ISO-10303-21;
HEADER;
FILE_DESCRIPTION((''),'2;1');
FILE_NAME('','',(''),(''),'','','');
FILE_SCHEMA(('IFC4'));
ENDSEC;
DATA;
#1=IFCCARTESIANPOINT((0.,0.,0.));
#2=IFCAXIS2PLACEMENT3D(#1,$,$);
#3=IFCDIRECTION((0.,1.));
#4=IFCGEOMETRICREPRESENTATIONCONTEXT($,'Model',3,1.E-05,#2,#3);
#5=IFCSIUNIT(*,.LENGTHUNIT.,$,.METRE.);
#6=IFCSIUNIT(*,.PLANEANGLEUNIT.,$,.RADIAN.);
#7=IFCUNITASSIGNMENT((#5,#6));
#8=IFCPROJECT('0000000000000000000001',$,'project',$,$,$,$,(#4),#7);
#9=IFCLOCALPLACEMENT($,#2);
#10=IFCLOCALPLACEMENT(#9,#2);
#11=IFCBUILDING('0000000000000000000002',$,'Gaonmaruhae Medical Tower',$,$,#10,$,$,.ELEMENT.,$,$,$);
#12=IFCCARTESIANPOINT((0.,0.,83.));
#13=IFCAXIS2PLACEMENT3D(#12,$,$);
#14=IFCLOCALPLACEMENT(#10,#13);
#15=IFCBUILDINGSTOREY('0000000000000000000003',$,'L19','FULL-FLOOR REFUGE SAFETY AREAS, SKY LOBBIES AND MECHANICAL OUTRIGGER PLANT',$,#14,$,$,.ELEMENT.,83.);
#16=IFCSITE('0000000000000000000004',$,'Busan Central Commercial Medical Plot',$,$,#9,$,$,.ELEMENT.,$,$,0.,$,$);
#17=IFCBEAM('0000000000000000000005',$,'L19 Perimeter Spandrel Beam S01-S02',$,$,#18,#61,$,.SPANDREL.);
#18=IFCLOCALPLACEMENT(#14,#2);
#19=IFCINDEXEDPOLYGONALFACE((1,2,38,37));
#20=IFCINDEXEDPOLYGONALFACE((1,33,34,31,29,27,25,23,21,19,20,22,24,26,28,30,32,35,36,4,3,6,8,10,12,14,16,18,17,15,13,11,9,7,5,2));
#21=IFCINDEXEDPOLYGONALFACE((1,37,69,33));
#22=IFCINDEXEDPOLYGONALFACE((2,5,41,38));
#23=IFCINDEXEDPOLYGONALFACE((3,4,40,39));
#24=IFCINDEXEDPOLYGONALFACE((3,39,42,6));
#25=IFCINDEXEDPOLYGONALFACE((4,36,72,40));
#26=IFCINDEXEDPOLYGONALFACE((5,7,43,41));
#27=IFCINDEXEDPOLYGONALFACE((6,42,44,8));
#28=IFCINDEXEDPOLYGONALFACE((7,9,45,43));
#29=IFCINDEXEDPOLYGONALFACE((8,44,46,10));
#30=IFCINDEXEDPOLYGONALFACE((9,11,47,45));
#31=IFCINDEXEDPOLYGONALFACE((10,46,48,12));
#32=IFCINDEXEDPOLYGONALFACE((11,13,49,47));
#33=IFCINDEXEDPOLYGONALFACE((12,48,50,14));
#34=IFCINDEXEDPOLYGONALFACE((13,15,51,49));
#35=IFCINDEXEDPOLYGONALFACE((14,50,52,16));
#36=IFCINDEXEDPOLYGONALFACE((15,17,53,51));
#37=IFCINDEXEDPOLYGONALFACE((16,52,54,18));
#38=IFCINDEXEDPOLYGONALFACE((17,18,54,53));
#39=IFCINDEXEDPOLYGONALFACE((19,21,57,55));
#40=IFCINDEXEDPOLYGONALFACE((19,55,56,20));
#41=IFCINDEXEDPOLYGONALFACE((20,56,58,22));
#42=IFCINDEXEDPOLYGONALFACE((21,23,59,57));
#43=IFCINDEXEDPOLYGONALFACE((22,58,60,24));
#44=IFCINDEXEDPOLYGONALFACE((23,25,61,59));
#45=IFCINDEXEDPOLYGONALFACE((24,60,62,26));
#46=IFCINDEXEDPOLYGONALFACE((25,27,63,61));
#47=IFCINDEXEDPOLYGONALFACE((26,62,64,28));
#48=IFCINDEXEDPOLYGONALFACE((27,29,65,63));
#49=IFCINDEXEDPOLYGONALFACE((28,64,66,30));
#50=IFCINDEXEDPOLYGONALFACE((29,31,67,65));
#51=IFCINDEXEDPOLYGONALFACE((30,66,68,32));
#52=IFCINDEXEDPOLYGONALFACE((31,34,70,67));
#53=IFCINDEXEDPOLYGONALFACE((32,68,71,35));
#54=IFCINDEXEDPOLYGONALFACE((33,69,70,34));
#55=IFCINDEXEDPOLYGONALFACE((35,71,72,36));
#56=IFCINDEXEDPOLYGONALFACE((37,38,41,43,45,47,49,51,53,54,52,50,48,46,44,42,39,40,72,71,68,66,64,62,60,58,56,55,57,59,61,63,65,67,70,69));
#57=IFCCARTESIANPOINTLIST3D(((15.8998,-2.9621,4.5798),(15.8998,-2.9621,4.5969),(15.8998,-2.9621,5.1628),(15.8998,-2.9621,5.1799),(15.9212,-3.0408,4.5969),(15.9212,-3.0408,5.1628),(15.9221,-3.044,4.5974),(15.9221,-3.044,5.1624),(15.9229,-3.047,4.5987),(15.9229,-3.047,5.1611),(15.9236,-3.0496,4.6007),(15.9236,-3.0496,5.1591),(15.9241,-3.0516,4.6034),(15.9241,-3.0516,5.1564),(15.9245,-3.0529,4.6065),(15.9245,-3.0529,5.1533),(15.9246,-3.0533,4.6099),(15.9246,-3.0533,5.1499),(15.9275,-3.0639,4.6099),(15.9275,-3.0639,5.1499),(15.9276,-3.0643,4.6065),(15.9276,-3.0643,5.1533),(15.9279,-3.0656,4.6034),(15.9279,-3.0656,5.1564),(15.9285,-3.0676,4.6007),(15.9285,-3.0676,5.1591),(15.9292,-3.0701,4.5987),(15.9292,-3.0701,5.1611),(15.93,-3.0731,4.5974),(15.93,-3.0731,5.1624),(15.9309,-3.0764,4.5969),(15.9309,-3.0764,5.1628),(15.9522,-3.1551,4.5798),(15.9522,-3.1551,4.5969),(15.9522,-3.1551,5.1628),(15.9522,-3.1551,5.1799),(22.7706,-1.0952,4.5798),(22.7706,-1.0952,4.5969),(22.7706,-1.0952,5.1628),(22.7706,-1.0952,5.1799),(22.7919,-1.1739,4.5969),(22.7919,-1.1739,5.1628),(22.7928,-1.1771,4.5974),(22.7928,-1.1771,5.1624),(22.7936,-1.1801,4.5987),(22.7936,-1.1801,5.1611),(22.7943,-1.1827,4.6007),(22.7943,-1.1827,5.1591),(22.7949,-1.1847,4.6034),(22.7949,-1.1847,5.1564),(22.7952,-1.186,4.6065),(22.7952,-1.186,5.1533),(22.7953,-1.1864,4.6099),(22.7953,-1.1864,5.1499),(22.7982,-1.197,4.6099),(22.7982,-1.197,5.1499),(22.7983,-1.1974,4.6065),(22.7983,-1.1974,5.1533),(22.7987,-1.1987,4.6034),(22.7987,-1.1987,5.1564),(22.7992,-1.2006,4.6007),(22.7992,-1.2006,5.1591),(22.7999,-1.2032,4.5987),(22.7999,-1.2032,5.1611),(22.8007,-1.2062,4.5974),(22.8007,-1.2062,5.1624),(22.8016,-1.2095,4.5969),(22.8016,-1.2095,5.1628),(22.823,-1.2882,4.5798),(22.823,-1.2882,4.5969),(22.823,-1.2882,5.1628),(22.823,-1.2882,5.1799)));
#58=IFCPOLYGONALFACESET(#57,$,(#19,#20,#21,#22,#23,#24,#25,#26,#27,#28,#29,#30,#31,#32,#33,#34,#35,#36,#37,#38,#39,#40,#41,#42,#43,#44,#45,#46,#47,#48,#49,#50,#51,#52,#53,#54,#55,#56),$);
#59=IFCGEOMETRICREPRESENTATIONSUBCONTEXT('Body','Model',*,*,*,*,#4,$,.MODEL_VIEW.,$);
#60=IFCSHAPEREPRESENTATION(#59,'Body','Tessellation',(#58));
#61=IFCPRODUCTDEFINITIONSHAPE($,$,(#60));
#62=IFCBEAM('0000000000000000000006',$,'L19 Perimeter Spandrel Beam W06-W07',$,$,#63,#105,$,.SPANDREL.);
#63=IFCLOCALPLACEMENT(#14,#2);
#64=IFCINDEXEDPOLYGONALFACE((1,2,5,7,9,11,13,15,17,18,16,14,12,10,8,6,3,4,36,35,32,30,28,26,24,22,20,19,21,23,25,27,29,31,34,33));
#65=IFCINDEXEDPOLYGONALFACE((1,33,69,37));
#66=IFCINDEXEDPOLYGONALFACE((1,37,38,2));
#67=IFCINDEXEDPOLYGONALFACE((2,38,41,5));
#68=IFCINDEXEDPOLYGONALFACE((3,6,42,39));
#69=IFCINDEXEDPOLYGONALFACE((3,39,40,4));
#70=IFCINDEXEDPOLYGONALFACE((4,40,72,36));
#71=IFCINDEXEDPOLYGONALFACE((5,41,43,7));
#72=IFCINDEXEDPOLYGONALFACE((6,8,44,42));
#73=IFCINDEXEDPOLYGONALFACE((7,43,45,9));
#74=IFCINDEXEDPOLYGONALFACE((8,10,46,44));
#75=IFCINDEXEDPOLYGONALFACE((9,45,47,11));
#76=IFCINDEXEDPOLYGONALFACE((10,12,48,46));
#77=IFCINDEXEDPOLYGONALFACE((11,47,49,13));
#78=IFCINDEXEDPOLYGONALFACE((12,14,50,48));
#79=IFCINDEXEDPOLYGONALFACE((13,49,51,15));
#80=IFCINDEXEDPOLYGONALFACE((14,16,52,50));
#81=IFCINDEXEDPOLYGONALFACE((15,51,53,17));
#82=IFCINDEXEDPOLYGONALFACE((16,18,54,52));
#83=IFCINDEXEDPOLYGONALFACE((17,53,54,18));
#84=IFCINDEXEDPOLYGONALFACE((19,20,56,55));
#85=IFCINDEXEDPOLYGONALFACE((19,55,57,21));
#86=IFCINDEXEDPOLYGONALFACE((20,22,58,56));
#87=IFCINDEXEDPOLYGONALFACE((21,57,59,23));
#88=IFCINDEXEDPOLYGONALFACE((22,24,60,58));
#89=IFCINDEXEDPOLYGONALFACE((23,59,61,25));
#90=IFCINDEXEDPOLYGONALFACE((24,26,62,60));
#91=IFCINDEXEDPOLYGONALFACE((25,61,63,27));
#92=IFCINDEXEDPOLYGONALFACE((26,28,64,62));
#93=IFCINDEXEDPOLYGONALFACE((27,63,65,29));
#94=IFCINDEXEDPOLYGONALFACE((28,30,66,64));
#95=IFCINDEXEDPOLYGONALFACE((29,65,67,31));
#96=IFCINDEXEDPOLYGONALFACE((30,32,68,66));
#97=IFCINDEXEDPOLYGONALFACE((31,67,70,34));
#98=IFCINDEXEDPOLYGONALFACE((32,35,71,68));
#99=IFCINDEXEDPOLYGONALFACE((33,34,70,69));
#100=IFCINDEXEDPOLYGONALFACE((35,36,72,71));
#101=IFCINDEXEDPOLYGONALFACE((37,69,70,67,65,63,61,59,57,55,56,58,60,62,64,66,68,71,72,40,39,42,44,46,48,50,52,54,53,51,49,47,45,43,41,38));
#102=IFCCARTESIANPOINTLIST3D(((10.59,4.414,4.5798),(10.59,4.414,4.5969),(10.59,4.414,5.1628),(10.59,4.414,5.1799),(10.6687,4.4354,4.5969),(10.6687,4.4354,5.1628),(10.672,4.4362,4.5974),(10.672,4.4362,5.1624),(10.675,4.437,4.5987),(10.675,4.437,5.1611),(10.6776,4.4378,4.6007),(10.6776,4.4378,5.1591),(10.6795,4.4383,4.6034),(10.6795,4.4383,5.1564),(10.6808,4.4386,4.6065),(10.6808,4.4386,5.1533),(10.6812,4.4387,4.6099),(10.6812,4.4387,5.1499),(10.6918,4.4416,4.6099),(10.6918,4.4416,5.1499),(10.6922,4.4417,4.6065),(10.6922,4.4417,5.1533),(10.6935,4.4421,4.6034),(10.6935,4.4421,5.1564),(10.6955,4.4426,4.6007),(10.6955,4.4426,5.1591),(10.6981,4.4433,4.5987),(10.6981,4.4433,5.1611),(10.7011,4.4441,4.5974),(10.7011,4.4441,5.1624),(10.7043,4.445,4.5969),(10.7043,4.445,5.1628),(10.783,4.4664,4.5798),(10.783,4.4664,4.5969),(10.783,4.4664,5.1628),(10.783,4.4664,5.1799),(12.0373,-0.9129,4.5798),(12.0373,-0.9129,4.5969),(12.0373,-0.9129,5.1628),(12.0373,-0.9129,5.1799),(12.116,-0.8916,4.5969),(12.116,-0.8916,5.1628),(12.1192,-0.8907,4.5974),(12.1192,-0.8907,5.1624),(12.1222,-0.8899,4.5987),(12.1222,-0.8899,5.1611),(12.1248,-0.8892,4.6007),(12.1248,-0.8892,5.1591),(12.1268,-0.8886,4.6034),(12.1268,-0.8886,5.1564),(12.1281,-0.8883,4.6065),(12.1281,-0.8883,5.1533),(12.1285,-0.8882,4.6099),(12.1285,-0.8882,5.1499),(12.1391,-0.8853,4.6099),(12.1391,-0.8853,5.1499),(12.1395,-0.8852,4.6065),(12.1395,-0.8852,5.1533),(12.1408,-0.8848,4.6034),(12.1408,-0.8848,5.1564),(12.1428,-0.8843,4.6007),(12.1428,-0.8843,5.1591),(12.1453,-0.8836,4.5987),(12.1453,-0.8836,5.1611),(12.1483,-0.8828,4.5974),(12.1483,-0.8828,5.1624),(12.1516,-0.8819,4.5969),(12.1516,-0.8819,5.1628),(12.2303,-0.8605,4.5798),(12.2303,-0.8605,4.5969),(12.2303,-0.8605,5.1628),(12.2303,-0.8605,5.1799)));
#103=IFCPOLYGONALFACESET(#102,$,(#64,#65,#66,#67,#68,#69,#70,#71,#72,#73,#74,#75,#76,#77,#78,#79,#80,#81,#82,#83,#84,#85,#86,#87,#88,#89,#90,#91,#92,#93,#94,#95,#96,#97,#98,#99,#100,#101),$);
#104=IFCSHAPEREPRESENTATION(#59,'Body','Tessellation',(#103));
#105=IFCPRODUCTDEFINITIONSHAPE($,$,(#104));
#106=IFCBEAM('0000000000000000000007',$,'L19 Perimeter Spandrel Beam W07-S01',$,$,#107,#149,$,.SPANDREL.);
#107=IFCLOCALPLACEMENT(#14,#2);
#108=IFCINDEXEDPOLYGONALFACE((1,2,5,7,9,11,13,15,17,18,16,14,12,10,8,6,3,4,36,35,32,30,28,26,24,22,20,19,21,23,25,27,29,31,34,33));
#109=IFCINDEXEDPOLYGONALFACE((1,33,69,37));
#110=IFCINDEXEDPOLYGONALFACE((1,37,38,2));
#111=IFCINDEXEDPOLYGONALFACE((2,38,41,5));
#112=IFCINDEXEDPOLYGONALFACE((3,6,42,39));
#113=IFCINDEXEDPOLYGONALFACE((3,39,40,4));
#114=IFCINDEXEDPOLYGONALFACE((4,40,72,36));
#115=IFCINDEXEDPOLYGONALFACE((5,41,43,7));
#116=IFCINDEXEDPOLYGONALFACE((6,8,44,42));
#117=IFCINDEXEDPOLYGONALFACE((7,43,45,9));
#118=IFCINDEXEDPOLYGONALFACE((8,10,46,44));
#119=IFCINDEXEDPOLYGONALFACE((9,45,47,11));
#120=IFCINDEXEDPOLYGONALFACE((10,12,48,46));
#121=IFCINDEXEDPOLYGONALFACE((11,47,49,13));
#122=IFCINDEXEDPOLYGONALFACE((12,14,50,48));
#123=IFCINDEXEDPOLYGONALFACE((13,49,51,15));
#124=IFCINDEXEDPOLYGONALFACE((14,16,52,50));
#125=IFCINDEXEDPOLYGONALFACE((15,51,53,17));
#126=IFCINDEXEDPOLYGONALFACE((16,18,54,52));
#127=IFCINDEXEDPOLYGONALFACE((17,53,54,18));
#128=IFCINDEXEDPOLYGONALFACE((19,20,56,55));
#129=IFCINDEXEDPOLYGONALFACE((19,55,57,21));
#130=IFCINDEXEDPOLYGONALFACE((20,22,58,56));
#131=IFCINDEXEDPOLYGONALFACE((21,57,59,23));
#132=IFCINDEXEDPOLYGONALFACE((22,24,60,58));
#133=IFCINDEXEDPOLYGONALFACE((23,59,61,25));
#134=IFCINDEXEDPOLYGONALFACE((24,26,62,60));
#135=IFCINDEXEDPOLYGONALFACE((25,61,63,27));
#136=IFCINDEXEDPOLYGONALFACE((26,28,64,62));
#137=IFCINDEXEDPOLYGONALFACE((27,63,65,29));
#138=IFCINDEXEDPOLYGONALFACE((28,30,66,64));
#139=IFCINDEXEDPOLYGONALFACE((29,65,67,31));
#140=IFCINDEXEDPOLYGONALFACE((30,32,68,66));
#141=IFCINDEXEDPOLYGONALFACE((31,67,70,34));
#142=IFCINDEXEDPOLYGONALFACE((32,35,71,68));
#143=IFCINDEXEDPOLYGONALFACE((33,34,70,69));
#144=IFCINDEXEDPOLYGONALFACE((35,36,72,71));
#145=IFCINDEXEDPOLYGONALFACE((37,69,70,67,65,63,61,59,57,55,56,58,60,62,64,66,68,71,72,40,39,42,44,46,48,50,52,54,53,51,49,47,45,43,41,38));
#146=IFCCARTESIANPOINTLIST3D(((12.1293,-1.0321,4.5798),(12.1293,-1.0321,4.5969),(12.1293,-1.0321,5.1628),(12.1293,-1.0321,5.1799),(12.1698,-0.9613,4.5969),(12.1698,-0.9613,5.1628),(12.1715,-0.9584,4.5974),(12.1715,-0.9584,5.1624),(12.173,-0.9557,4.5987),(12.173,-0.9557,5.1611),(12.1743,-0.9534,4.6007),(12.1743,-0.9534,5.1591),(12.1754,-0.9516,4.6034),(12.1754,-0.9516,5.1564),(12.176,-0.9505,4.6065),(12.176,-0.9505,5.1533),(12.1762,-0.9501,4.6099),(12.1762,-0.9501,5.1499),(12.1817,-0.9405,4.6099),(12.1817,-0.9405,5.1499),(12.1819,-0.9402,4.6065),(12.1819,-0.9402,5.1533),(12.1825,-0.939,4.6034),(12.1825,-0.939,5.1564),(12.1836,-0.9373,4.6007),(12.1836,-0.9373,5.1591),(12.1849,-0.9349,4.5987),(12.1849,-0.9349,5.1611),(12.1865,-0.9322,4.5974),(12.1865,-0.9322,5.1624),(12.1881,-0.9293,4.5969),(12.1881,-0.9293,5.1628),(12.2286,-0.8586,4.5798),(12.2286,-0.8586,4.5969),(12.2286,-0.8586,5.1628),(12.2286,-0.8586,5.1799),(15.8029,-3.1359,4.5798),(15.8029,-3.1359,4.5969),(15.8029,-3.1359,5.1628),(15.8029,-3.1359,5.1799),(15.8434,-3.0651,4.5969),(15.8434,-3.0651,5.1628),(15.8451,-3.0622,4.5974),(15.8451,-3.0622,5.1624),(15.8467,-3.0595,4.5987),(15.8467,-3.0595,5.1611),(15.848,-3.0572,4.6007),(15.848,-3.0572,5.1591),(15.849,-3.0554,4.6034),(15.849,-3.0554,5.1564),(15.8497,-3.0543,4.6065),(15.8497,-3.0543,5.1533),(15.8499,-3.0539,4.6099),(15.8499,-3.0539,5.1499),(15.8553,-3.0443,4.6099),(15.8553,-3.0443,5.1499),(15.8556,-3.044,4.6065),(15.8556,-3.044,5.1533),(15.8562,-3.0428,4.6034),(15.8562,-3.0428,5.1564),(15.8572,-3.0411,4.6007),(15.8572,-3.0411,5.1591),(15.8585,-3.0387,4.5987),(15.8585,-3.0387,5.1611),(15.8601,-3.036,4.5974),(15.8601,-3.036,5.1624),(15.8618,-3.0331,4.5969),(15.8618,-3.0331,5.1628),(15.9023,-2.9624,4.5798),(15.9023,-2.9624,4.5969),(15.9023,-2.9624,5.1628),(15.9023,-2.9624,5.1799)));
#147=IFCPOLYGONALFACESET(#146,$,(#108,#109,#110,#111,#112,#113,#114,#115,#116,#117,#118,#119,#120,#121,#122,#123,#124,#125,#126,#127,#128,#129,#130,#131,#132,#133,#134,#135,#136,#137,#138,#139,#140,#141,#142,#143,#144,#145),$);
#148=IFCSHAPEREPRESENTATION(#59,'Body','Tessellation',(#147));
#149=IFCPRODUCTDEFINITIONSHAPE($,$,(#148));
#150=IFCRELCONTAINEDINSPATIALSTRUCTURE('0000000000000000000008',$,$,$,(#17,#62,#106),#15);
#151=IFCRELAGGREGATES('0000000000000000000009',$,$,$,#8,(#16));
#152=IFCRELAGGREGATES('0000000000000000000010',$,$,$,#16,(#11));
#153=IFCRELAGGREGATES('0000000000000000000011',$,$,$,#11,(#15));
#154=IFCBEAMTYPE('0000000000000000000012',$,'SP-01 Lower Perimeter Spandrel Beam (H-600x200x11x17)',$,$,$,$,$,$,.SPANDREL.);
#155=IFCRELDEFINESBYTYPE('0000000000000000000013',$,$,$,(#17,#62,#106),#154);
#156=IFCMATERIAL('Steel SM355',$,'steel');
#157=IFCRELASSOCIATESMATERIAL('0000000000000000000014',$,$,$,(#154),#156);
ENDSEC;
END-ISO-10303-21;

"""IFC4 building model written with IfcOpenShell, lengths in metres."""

from ifc_helpers import new_model, si_unit, direction, frame, origin, origin_2d, place, context, subcontext, project, spatial, i_section, extrude, material, material_profile, profile_set, type_object, element, save


model = new_model("IFC4")

# Units and contexts
model_context = context("Model", 3, precision=1e-05, world=origin(), true_north=direction((0.0, 1.0)))
body_context = subcontext(model_context, "Body", "Model", "MODEL_VIEW")
ifc_project = project(units=[si_unit("LENGTHUNIT", "METRE"), si_unit("PLANEANGLEUNIT", "RADIAN")], contexts=[model_context])

# Site, building, storey
site_placement = place(None, origin())
site = spatial("IfcSite", under=ifc_project, at=site_placement, Name="Busan Central Commercial Medical Plot", CompositionType="ELEMENT", RefElevation=0.0)
building_placement = place(site_placement, origin())
building = spatial("IfcBuilding", under=site, at=building_placement, Name="Gaonmaruhae Medical Tower", CompositionType="ELEMENT")
storey_placement = place(building_placement, frame((0.0, 0.0, 83.0)))
storey = spatial("IfcBuildingStorey", under=building, at=storey_placement, Name="L19", Description="FULL-FLOOR REFUGE SAFETY AREAS, SKY LOBBIES AND MECHANICAL OUTRIGGER PLANT", CompositionType="ELEMENT", Elevation=83.0)

# Beams
ifc_material_1 = material(Name="Steel SM355", Category="steel")
ifc_material_profile_1 = material_profile(ifc_material_1, i_section(OverallWidth=0.2, OverallDepth=0.6001, WebThickness=0.011, FlangeThickness=0.0171, FilletRadius=0.0129, at=origin_2d()), Name="H-600x200x11x17")
ifc_profile_set_1 = profile_set([ifc_material_profile_1], Name="Steel SM355")
beam_type_1 = type_object("IfcBeamType", Name="SP-01 Lower Perimeter Spandrel Beam (H-600x200x11x17)", PredefinedType="SPANDREL", material=ifc_profile_set_1)
beam_1_placement = place(storey_placement, frame((15.926, -3.0586, 4.8799), z_axis=(0.96501, 0.262212, 0.0), x_axis=(-0.262212, 0.96501, 0.0)))
element("IfcBeam", 1, at=beam_1_placement, inside=storey, type_object=beam_type_1, Name="L19 Perimeter Spandrel Beam S01-S02", PredefinedType="SPANDREL", context=body_context, shape_type="SweptSolid", body=[
    extrude(i_section(OverallWidth=0.2, OverallDepth=0.6001, WebThickness=0.011, FlangeThickness=0.0171, FilletRadius=0.0129, at=origin_2d()), origin(), (0.0, 0.0, 1.0), 7.1199),
])
beam_2_placement = place(storey_placement, frame((10.6865, 4.4402, 4.8799), z_axis=(0.262185, -0.965018, 0.0), x_axis=(0.965018, 0.262185, 0.0)))
element("IfcBeam", 2, at=beam_2_placement, inside=storey, type_object=beam_type_1, Name="L19 Perimeter Spandrel Beam W06-W07", PredefinedType="SPANDREL", context=body_context, shape_type="SweptSolid", body=[
    extrude(i_section(OverallWidth=0.2, OverallDepth=0.6001, WebThickness=0.011, FlangeThickness=0.0171, FilletRadius=0.0129, at=origin_2d()), origin(), (0.0, 0.0, 1.0), 5.52),
])
beam_3_placement = place(storey_placement, frame((12.179, -0.9453, 4.8799), z_axis=(0.867778, -0.496952, 0.0), x_axis=(0.496952, 0.867778, 0.0)))
element("IfcBeam", 3, at=beam_3_placement, inside=storey, type_object=beam_type_1, Name="L19 Perimeter Spandrel Beam W07-S01", PredefinedType="SPANDREL", context=body_context, shape_type="SweptSolid", body=[
    extrude(i_section(OverallWidth=0.2, OverallDepth=0.6001, WebThickness=0.011, FlangeThickness=0.0171, FilletRadius=0.0129, at=origin_2d()), origin(), (0.0, 0.0, 1.0), 4.2334),
])

save(model, "model.ifc")
